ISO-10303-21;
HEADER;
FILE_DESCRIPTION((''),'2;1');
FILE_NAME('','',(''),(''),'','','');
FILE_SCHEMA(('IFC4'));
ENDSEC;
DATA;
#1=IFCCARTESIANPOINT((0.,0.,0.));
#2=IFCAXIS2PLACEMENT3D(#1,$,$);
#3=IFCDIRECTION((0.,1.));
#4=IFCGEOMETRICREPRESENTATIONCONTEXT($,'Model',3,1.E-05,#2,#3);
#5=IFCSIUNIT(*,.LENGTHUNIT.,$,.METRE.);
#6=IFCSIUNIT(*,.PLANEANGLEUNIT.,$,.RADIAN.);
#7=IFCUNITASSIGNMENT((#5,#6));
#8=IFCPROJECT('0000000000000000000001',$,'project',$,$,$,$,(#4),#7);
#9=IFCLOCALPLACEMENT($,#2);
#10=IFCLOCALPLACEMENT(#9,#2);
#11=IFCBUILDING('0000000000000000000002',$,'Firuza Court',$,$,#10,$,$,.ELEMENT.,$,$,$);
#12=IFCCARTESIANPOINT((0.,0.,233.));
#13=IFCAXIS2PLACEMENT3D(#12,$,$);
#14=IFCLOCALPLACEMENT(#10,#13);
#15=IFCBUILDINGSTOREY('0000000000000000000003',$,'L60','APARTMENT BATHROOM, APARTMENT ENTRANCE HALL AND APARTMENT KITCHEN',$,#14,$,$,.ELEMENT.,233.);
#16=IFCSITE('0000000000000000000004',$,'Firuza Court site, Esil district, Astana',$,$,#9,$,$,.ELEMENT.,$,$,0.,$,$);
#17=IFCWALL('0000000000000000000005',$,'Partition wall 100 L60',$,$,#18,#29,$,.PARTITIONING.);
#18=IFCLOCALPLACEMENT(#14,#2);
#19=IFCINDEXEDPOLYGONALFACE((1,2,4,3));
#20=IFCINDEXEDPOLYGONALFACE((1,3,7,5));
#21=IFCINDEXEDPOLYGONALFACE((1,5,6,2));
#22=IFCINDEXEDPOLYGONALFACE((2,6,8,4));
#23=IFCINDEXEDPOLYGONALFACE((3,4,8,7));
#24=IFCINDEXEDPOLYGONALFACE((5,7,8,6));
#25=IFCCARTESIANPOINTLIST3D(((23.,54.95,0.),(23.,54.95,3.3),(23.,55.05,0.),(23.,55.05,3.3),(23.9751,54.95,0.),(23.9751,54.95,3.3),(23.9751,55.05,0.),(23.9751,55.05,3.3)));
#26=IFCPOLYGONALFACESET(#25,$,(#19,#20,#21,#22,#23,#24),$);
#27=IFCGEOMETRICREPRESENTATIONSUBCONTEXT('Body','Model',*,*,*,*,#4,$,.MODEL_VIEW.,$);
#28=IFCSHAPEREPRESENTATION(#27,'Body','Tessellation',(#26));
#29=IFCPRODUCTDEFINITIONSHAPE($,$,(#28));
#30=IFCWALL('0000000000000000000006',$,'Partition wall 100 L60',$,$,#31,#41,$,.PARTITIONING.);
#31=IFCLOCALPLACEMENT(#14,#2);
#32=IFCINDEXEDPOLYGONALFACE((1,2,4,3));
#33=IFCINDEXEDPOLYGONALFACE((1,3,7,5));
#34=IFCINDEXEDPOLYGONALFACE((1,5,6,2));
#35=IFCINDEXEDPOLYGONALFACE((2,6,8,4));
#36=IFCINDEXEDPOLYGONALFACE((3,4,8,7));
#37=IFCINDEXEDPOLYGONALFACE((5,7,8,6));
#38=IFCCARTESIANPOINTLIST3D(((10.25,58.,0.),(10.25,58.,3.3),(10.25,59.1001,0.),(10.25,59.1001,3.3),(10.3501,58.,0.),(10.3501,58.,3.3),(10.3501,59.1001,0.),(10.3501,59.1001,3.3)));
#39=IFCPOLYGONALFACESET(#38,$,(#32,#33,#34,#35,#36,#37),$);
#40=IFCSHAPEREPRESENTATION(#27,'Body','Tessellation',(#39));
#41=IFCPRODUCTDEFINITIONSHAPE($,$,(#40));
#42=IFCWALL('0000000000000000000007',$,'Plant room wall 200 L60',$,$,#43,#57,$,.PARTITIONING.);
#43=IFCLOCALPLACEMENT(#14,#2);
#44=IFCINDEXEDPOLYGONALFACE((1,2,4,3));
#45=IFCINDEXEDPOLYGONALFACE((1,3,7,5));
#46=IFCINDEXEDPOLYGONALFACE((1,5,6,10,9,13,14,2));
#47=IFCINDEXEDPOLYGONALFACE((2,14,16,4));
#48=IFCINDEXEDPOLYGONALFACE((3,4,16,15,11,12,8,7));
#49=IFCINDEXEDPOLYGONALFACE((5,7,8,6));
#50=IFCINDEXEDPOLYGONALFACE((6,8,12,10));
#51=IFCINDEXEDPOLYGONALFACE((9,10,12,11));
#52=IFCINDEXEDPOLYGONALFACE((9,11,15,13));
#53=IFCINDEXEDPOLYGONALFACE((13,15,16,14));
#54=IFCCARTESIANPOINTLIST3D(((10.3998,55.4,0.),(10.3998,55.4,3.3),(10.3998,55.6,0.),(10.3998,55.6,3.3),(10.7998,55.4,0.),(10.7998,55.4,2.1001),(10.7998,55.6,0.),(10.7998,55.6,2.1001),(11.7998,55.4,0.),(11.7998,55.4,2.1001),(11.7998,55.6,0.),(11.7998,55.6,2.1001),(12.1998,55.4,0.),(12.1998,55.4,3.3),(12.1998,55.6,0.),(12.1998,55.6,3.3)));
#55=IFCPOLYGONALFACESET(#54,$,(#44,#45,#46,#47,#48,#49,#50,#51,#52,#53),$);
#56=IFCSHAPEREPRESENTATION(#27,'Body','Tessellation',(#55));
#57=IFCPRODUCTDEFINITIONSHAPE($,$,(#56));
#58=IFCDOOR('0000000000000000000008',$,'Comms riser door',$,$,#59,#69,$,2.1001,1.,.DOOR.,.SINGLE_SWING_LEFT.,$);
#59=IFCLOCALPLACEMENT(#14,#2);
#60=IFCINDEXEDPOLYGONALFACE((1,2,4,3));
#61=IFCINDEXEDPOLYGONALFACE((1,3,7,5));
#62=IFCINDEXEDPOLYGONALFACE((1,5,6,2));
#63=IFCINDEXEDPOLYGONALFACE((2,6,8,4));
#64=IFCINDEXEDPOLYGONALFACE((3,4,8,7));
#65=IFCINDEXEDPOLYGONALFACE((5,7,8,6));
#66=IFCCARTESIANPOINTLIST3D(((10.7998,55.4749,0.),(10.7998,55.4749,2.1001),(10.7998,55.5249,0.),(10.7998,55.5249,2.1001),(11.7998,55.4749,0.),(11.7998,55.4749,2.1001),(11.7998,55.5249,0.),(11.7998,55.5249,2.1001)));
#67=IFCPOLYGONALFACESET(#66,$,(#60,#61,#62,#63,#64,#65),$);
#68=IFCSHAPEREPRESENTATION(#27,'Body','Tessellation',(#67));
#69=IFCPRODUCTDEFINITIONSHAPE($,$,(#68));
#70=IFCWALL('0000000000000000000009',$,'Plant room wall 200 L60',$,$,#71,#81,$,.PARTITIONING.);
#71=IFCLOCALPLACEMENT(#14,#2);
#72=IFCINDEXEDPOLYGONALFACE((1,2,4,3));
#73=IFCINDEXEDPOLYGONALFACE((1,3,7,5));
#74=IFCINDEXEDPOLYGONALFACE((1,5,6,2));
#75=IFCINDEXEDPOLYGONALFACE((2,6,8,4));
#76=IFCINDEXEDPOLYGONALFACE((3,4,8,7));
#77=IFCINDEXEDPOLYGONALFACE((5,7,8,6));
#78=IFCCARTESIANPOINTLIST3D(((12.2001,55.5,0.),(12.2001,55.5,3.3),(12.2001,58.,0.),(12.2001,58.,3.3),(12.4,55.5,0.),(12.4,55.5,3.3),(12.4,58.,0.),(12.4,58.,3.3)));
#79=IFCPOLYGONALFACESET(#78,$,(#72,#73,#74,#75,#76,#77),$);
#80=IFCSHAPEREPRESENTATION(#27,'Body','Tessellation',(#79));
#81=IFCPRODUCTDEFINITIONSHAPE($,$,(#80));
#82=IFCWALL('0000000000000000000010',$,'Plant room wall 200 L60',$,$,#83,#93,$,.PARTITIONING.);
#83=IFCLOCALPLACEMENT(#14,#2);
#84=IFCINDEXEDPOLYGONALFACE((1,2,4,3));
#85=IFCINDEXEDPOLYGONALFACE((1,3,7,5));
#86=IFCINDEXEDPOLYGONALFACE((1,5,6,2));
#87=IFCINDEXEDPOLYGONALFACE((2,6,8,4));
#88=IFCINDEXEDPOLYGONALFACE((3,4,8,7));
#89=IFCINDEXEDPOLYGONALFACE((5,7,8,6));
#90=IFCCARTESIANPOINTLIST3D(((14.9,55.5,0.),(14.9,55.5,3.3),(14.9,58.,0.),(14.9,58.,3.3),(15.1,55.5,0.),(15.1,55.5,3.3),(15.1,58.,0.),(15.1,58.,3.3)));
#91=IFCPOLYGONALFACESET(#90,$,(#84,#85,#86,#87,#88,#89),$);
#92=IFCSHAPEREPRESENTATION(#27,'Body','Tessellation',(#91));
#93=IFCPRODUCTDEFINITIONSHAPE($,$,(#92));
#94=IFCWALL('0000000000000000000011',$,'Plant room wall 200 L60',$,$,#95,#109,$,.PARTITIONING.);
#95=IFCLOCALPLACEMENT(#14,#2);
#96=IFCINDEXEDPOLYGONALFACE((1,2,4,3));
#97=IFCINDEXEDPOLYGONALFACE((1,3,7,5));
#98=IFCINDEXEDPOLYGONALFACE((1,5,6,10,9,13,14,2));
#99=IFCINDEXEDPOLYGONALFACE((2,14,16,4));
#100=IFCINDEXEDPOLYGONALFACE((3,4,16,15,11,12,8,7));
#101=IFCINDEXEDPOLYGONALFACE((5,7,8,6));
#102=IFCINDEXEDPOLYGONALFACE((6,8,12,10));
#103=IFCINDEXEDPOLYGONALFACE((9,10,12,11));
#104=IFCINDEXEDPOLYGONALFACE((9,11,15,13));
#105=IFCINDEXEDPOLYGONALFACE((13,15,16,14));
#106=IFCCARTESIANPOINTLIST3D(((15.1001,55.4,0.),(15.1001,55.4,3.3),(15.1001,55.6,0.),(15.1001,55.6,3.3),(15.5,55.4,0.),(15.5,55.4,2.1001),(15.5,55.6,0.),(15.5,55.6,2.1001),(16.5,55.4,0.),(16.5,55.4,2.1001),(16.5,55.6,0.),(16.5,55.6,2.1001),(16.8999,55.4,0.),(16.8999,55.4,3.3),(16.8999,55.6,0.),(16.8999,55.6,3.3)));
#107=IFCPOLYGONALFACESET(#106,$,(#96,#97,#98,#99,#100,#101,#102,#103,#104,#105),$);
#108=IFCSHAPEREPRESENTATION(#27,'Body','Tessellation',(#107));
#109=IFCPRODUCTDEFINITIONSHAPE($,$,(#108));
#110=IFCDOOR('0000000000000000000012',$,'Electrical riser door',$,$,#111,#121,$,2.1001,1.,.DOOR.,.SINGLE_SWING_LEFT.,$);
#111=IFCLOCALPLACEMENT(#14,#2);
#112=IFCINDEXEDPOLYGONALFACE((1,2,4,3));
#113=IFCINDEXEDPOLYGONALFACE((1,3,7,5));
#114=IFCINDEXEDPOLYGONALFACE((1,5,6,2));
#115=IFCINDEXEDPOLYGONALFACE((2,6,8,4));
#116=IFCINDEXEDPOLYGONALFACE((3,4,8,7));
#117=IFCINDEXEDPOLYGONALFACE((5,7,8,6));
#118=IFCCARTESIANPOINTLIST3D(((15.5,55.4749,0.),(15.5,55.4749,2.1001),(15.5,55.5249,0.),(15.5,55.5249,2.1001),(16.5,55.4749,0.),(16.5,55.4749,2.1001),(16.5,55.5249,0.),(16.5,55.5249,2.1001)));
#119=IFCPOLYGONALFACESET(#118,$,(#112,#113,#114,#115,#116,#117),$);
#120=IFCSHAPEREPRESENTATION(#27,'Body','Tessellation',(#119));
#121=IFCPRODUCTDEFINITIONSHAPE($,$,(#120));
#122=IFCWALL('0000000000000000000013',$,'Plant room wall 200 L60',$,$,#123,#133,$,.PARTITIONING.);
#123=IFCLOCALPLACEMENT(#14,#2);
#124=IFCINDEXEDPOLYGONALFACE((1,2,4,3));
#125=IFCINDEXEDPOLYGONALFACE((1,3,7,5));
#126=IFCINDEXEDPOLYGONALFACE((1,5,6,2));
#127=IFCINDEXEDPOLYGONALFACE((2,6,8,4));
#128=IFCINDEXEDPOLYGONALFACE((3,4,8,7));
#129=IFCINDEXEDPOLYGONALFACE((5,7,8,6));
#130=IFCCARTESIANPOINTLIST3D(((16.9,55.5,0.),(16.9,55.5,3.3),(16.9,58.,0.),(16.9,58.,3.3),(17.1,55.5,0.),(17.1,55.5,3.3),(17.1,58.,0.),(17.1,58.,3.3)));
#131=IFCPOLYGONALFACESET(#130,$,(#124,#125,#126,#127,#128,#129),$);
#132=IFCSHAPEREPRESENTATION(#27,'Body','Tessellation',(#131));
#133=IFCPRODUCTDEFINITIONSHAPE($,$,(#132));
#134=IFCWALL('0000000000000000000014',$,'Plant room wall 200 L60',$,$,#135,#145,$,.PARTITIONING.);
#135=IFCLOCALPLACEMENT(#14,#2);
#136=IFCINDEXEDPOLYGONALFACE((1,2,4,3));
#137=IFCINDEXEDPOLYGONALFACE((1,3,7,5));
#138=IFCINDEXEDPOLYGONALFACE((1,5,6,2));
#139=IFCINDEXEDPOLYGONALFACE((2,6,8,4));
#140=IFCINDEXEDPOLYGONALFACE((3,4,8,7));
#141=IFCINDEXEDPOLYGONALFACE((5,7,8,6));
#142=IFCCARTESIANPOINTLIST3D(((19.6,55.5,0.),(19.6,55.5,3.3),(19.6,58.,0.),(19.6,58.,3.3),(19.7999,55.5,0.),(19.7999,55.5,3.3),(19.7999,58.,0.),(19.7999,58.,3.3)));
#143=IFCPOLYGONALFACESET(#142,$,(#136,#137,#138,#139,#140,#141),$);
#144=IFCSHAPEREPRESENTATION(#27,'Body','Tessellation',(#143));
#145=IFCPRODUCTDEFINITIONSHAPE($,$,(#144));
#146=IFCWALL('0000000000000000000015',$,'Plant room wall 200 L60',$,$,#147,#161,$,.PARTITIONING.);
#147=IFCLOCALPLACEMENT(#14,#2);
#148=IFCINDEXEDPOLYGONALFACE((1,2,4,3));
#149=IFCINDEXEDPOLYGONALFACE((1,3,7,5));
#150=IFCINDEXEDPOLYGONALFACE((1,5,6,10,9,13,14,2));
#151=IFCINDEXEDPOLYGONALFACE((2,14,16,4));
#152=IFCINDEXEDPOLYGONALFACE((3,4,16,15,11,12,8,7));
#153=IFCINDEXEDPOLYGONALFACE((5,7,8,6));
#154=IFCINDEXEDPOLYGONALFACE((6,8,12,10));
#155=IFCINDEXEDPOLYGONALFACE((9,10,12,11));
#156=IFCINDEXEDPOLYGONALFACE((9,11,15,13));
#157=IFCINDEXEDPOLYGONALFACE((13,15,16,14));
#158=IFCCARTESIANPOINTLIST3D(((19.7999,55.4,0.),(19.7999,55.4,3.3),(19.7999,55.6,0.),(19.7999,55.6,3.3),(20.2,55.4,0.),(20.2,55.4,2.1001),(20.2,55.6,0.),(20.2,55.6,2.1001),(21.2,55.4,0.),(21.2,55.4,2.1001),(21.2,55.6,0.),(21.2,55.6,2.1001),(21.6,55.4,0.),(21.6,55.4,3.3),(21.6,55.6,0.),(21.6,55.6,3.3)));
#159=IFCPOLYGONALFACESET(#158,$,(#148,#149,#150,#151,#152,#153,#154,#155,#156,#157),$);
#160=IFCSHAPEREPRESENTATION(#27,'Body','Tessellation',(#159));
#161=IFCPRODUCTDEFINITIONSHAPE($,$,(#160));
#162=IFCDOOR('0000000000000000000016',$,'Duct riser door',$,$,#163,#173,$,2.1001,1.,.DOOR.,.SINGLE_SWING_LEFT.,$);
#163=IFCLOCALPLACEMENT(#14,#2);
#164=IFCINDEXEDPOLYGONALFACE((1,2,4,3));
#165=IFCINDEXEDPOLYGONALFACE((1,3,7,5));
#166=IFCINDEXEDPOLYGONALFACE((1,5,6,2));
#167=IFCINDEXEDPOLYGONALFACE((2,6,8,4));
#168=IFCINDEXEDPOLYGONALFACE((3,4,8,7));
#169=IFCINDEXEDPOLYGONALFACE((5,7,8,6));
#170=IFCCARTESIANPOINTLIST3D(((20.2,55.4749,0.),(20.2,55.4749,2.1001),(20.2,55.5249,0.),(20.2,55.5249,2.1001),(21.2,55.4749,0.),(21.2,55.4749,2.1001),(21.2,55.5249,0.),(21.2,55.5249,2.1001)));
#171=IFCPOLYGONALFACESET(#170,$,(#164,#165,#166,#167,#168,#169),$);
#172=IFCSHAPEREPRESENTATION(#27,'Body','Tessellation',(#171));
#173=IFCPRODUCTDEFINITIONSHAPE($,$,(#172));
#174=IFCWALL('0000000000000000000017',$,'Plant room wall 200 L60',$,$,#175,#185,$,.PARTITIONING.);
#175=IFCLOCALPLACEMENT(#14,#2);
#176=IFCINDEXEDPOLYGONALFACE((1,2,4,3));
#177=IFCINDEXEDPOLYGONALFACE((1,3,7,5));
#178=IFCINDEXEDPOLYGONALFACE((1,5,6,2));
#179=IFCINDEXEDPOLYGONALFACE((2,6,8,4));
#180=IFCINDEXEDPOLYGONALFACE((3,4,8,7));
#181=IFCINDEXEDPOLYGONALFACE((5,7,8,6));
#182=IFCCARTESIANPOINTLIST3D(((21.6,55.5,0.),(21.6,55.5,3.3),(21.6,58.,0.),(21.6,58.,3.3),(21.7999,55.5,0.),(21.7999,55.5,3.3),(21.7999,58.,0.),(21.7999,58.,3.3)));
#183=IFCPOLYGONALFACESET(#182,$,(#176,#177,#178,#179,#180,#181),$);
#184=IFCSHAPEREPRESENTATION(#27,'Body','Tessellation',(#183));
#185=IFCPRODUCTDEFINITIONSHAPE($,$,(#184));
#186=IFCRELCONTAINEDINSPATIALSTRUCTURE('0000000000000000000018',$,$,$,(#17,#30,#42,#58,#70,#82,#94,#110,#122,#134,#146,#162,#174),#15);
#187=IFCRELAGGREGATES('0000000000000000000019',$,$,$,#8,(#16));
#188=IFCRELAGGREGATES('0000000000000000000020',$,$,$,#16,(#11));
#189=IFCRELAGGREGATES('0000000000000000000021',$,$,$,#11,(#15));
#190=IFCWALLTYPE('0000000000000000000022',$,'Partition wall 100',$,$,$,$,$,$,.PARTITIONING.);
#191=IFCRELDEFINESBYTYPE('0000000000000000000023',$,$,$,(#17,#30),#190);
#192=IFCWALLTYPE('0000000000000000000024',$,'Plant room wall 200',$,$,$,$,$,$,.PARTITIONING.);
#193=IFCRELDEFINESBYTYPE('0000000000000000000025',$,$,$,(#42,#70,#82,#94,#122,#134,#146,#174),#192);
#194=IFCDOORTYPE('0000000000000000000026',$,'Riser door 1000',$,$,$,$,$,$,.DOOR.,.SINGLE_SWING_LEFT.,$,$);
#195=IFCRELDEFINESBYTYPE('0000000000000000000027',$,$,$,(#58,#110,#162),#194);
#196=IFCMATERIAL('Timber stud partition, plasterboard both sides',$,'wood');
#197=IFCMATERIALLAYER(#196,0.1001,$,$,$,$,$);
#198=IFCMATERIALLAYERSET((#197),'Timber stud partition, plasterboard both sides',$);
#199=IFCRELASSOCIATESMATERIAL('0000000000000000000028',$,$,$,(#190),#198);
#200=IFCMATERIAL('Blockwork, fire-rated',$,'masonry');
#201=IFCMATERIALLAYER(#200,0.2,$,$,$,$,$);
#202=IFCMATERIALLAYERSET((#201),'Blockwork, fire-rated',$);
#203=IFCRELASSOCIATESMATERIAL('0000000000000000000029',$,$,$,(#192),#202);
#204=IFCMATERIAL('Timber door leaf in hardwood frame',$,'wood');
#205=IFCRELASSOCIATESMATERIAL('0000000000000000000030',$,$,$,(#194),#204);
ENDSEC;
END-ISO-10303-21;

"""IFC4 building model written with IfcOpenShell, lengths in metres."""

from ifc_helpers import new_model, si_unit, direction, frame, frame_2d, origin, place, context, subcontext, project, spatial, rectangle, extrude, material, layer, layer_set, type_object, element, fill, save


model = new_model("IFC4")

# Units and contexts
model_context = context("Model", 3, precision=1e-05, world=origin(), true_north=direction((0.0, 1.0)))
body_context = subcontext(model_context, "Body", "Model", "MODEL_VIEW")
ifc_project = project(units=[si_unit("LENGTHUNIT", "METRE"), si_unit("PLANEANGLEUNIT", "RADIAN")], contexts=[model_context])

# Site, building, storey
site_placement = place(None, origin())
site = spatial("IfcSite", under=ifc_project, at=site_placement, Name="Firuza Court site, Esil district, Astana", CompositionType="ELEMENT", RefElevation=0.0)
building_placement = place(site_placement, origin())
building = spatial("IfcBuilding", under=site, at=building_placement, Name="Firuza Court", CompositionType="ELEMENT")
storey_placement = place(building_placement, frame((0.0, 0.0, 233.0)))
storey = spatial("IfcBuildingStorey", under=building, at=storey_placement, Name="L60", Description="APARTMENT BATHROOM, APARTMENT ENTRANCE HALL AND APARTMENT KITCHEN", CompositionType="ELEMENT", Elevation=233.0)

# Shared definitions
ifc_material_1 = material(Name="Timber stud partition, plasterboard both sides", Category="wood")
ifc_layer_1 = layer(ifc_material_1, 0.1001)
ifc_layer_set_1 = layer_set([ifc_layer_1], Name="Timber stud partition, plasterboard both sides")
wall_type_1 = type_object("IfcWallType", Name="Partition wall 100", PredefinedType="PARTITIONING", material=ifc_layer_set_1)

# Walls
wall_1_placement = place(storey_placement, frame((23.0, 55.0, 0.0), z_axis=(0.0, 0.0, 1.0), x_axis=(1.0, 0.0, 0.0)))
element("IfcWall", 1, at=wall_1_placement, inside=storey, type_object=wall_type_1, Name="Partition wall 100 L60", PredefinedType="PARTITIONING", context=body_context, shape_type="SweptSolid", body=[
    extrude(rectangle(XDim=0.9751, YDim=0.1001, at=frame_2d((0.4875, 0.0))), origin(), (0.0, 0.0, 1.0), 3.3),
])
wall_2_placement = place(storey_placement, frame((10.3, 58.0, 0.0), z_axis=(0.0, 0.0, 1.0), x_axis=(0.0, 1.0, 0.0)))
element("IfcWall", 2, at=wall_2_placement, inside=storey, type_object=wall_type_1, Name="Partition wall 100 L60", PredefinedType="PARTITIONING", context=body_context, shape_type="SweptSolid", body=[
    extrude(rectangle(XDim=1.1001, YDim=0.1001, at=frame_2d((0.55, 0.0))), origin(), (0.0, 0.0, 1.0), 3.3),
])

# Wall, opening, door
ifc_material_2 = material(Name="Blockwork, fire-rated", Category="masonry")
ifc_layer_2 = layer(ifc_material_2, 0.2)
ifc_layer_set_2 = layer_set([ifc_layer_2], Name="Blockwork, fire-rated")
wall_type_2 = type_object("IfcWallType", Name="Plant room wall 200", PredefinedType="PARTITIONING", material=ifc_layer_set_2)
wall_3_placement = place(storey_placement, frame((10.3999, 55.5, 0.0), z_axis=(0.0, 0.0, 1.0), x_axis=(1.0, 0.0, 0.0)))
wall_3 = element("IfcWall", 3, at=wall_3_placement, inside=storey, type_object=wall_type_2, Name="Plant room wall 200 L60", PredefinedType="PARTITIONING", context=body_context, shape_type="SweptSolid", body=[
    extrude(rectangle(XDim=1.8, YDim=0.2, at=frame_2d((0.8999, 0.0))), origin(), (0.0, 0.0, 1.0), 3.3),
])
opening_1_placement = place(wall_3_placement, frame((0.3999, 0.0, 0.0)))
opening_1 = element("IfcOpeningElement", 4, at=opening_1_placement, cuts=wall_3, PredefinedType="OPENING", context=body_context, shape_type="SweptSolid", body=[
    extrude(rectangle(XDim=1.0, YDim=2.1001, at=frame_2d((0.5, 1.05))), frame((0.0, 0.1118, 0.0), z_axis=(0.0, -1.0, 0.0), x_axis=(1.0, 0.0, 0.0)), (0.0, 0.0, 1.0), 0.2239),
])
ifc_material_3 = material(Name="Timber door leaf in hardwood frame", Category="wood")
door_type_1 = type_object("IfcDoorType", Name="Riser door 1000", OperationType="SINGLE_SWING_LEFT", PredefinedType="DOOR", material=ifc_material_3)
door_1_placement = place(opening_1_placement, origin())
door_1 = element("IfcDoor", 5, at=door_1_placement, inside=storey, type_object=door_type_1, Name="Comms riser door", OperationType="SINGLE_SWING_LEFT", OverallHeight=2.1001, OverallWidth=1.0, PredefinedType="DOOR", context=body_context, shape_type="SweptSolid", body=[
    extrude(rectangle(XDim=1.0, YDim=2.1001, at=frame_2d((0.5, 1.05))), frame((0.0, 0.0249, 0.0), z_axis=(0.0, -1.0, 0.0), x_axis=(1.0, 0.0, 0.0)), (0.0, 0.0, 1.0), 0.05),
])
fill(opening_1, door_1)

# Walls
for number, where, z_axis, x_axis, name in (
    (6, (12.3, 55.5, 0.0), (0.0, 0.0, 1.0), (0.0, 1.0, 0.0), "Plant room wall 200 L60"),
    (7, (15.0, 55.5, 0.0), (0.0, 0.0, 1.0), (0.0, 1.0, 0.0), "Plant room wall 200 L60"),
):
    element("IfcWall", number, at=place(storey_placement, frame(where, z_axis=z_axis, x_axis=x_axis)), inside=storey, type_object=wall_type_2, Name=name, PredefinedType="PARTITIONING", context=body_context, shape_type="SweptSolid", body=[
        extrude(rectangle(XDim=2.5, YDim=0.2, at=frame_2d((1.25, 0.0))), origin(), (0.0, 0.0, 1.0), 3.3),
    ])

# Wall, opening, door
wall_4_placement = place(storey_placement, frame((15.1001, 55.5, 0.0), z_axis=(0.0, 0.0, 1.0), x_axis=(1.0, 0.0, 0.0)))
wall_4 = element("IfcWall", 8, at=wall_4_placement, inside=storey, type_object=wall_type_2, Name="Plant room wall 200 L60", PredefinedType="PARTITIONING", context=body_context, shape_type="SweptSolid", body=[
    extrude(rectangle(XDim=1.7998, YDim=0.2, at=frame_2d((0.8999, 0.0))), origin(), (0.0, 0.0, 1.0), 3.3),
])
opening_2_placement = place(wall_4_placement, frame((0.3999, 0.0, 0.0)))
opening_2 = element("IfcOpeningElement", 9, at=opening_2_placement, cuts=wall_4, PredefinedType="OPENING", context=body_context, shape_type="SweptSolid", body=[
    extrude(rectangle(XDim=1.0, YDim=2.1001, at=frame_2d((0.5, 1.05))), frame((0.0, 0.1118, 0.0), z_axis=(0.0, -1.0, 0.0), x_axis=(1.0, 0.0, 0.0)), (0.0, 0.0, 1.0), 0.2239),
])
door_2_placement = place(opening_2_placement, origin())
door_2 = element("IfcDoor", 10, at=door_2_placement, inside=storey, type_object=door_type_1, Name="Electrical riser door", OperationType="SINGLE_SWING_LEFT", OverallHeight=2.1001, OverallWidth=1.0, PredefinedType="DOOR", context=body_context, shape_type="SweptSolid", body=[
    extrude(rectangle(XDim=1.0, YDim=2.1001, at=frame_2d((0.5, 1.05))), frame((0.0, 0.0249, 0.0), z_axis=(0.0, -1.0, 0.0), x_axis=(1.0, 0.0, 0.0)), (0.0, 0.0, 1.0), 0.05),
])
fill(opening_2, door_2)

# Walls
for number, where, z_axis, x_axis, name in (
    (11, (17.0, 55.5, 0.0), (0.0, 0.0, 1.0), (0.0, 1.0, 0.0), "Plant room wall 200 L60"),
    (12, (19.7, 55.5, 0.0), (0.0, 0.0, 1.0), (0.0, 1.0, 0.0), "Plant room wall 200 L60"),
):
    element("IfcWall", number, at=place(storey_placement, frame(where, z_axis=z_axis, x_axis=x_axis)), inside=storey, type_object=wall_type_2, Name=name, PredefinedType="PARTITIONING", context=body_context, shape_type="SweptSolid", body=[
        extrude(rectangle(XDim=2.5, YDim=0.2, at=frame_2d((1.25, 0.0))), origin(), (0.0, 0.0, 1.0), 3.3),
    ])

# Wall, opening, door
wall_5_placement = place(storey_placement, frame((19.8, 55.5, 0.0), z_axis=(0.0, 0.0, 1.0), x_axis=(1.0, 0.0, 0.0)))
wall_5 = element("IfcWall", 13, at=wall_5_placement, inside=storey, type_object=wall_type_2, Name="Plant room wall 200 L60", PredefinedType="PARTITIONING", context=body_context, shape_type="SweptSolid", body=[
    extrude(rectangle(XDim=1.8, YDim=0.2, at=frame_2d((0.8999, 0.0))), origin(), (0.0, 0.0, 1.0), 3.3),
])
opening_3_placement = place(wall_5_placement, frame((0.3999, 0.0, 0.0)))
opening_3 = element("IfcOpeningElement", 14, at=opening_3_placement, cuts=wall_5, PredefinedType="OPENING", context=body_context, shape_type="SweptSolid", body=[
    extrude(rectangle(XDim=1.0, YDim=2.1001, at=frame_2d((0.5, 1.05))), frame((0.0, 0.1118, 0.0), z_axis=(0.0, -1.0, 0.0), x_axis=(1.0, 0.0, 0.0)), (0.0, 0.0, 1.0), 0.2239),
])
door_3_placement = place(opening_3_placement, origin())
door_3 = element("IfcDoor", 15, at=door_3_placement, inside=storey, type_object=door_type_1, Name="Duct riser door", OperationType="SINGLE_SWING_LEFT", OverallHeight=2.1001, OverallWidth=1.0, PredefinedType="DOOR", context=body_context, shape_type="SweptSolid", body=[
    extrude(rectangle(XDim=1.0, YDim=2.1001, at=frame_2d((0.5, 1.05))), frame((0.0, 0.0249, 0.0), z_axis=(0.0, -1.0, 0.0), x_axis=(1.0, 0.0, 0.0)), (0.0, 0.0, 1.0), 0.05),
])
fill(opening_3, door_3)

# Wall
wall_6_placement = place(storey_placement, frame((21.7, 55.5, 0.0), z_axis=(0.0, 0.0, 1.0), x_axis=(0.0, 1.0, 0.0)))
element("IfcWall", 16, at=wall_6_placement, inside=storey, type_object=wall_type_2, Name="Plant room wall 200 L60", PredefinedType="PARTITIONING", context=body_context, shape_type="SweptSolid", body=[
    extrude(rectangle(XDim=2.5, YDim=0.2, at=frame_2d((1.25, 0.0))), origin(), (0.0, 0.0, 1.0), 3.3),
])

save(model, "model.ifc")
